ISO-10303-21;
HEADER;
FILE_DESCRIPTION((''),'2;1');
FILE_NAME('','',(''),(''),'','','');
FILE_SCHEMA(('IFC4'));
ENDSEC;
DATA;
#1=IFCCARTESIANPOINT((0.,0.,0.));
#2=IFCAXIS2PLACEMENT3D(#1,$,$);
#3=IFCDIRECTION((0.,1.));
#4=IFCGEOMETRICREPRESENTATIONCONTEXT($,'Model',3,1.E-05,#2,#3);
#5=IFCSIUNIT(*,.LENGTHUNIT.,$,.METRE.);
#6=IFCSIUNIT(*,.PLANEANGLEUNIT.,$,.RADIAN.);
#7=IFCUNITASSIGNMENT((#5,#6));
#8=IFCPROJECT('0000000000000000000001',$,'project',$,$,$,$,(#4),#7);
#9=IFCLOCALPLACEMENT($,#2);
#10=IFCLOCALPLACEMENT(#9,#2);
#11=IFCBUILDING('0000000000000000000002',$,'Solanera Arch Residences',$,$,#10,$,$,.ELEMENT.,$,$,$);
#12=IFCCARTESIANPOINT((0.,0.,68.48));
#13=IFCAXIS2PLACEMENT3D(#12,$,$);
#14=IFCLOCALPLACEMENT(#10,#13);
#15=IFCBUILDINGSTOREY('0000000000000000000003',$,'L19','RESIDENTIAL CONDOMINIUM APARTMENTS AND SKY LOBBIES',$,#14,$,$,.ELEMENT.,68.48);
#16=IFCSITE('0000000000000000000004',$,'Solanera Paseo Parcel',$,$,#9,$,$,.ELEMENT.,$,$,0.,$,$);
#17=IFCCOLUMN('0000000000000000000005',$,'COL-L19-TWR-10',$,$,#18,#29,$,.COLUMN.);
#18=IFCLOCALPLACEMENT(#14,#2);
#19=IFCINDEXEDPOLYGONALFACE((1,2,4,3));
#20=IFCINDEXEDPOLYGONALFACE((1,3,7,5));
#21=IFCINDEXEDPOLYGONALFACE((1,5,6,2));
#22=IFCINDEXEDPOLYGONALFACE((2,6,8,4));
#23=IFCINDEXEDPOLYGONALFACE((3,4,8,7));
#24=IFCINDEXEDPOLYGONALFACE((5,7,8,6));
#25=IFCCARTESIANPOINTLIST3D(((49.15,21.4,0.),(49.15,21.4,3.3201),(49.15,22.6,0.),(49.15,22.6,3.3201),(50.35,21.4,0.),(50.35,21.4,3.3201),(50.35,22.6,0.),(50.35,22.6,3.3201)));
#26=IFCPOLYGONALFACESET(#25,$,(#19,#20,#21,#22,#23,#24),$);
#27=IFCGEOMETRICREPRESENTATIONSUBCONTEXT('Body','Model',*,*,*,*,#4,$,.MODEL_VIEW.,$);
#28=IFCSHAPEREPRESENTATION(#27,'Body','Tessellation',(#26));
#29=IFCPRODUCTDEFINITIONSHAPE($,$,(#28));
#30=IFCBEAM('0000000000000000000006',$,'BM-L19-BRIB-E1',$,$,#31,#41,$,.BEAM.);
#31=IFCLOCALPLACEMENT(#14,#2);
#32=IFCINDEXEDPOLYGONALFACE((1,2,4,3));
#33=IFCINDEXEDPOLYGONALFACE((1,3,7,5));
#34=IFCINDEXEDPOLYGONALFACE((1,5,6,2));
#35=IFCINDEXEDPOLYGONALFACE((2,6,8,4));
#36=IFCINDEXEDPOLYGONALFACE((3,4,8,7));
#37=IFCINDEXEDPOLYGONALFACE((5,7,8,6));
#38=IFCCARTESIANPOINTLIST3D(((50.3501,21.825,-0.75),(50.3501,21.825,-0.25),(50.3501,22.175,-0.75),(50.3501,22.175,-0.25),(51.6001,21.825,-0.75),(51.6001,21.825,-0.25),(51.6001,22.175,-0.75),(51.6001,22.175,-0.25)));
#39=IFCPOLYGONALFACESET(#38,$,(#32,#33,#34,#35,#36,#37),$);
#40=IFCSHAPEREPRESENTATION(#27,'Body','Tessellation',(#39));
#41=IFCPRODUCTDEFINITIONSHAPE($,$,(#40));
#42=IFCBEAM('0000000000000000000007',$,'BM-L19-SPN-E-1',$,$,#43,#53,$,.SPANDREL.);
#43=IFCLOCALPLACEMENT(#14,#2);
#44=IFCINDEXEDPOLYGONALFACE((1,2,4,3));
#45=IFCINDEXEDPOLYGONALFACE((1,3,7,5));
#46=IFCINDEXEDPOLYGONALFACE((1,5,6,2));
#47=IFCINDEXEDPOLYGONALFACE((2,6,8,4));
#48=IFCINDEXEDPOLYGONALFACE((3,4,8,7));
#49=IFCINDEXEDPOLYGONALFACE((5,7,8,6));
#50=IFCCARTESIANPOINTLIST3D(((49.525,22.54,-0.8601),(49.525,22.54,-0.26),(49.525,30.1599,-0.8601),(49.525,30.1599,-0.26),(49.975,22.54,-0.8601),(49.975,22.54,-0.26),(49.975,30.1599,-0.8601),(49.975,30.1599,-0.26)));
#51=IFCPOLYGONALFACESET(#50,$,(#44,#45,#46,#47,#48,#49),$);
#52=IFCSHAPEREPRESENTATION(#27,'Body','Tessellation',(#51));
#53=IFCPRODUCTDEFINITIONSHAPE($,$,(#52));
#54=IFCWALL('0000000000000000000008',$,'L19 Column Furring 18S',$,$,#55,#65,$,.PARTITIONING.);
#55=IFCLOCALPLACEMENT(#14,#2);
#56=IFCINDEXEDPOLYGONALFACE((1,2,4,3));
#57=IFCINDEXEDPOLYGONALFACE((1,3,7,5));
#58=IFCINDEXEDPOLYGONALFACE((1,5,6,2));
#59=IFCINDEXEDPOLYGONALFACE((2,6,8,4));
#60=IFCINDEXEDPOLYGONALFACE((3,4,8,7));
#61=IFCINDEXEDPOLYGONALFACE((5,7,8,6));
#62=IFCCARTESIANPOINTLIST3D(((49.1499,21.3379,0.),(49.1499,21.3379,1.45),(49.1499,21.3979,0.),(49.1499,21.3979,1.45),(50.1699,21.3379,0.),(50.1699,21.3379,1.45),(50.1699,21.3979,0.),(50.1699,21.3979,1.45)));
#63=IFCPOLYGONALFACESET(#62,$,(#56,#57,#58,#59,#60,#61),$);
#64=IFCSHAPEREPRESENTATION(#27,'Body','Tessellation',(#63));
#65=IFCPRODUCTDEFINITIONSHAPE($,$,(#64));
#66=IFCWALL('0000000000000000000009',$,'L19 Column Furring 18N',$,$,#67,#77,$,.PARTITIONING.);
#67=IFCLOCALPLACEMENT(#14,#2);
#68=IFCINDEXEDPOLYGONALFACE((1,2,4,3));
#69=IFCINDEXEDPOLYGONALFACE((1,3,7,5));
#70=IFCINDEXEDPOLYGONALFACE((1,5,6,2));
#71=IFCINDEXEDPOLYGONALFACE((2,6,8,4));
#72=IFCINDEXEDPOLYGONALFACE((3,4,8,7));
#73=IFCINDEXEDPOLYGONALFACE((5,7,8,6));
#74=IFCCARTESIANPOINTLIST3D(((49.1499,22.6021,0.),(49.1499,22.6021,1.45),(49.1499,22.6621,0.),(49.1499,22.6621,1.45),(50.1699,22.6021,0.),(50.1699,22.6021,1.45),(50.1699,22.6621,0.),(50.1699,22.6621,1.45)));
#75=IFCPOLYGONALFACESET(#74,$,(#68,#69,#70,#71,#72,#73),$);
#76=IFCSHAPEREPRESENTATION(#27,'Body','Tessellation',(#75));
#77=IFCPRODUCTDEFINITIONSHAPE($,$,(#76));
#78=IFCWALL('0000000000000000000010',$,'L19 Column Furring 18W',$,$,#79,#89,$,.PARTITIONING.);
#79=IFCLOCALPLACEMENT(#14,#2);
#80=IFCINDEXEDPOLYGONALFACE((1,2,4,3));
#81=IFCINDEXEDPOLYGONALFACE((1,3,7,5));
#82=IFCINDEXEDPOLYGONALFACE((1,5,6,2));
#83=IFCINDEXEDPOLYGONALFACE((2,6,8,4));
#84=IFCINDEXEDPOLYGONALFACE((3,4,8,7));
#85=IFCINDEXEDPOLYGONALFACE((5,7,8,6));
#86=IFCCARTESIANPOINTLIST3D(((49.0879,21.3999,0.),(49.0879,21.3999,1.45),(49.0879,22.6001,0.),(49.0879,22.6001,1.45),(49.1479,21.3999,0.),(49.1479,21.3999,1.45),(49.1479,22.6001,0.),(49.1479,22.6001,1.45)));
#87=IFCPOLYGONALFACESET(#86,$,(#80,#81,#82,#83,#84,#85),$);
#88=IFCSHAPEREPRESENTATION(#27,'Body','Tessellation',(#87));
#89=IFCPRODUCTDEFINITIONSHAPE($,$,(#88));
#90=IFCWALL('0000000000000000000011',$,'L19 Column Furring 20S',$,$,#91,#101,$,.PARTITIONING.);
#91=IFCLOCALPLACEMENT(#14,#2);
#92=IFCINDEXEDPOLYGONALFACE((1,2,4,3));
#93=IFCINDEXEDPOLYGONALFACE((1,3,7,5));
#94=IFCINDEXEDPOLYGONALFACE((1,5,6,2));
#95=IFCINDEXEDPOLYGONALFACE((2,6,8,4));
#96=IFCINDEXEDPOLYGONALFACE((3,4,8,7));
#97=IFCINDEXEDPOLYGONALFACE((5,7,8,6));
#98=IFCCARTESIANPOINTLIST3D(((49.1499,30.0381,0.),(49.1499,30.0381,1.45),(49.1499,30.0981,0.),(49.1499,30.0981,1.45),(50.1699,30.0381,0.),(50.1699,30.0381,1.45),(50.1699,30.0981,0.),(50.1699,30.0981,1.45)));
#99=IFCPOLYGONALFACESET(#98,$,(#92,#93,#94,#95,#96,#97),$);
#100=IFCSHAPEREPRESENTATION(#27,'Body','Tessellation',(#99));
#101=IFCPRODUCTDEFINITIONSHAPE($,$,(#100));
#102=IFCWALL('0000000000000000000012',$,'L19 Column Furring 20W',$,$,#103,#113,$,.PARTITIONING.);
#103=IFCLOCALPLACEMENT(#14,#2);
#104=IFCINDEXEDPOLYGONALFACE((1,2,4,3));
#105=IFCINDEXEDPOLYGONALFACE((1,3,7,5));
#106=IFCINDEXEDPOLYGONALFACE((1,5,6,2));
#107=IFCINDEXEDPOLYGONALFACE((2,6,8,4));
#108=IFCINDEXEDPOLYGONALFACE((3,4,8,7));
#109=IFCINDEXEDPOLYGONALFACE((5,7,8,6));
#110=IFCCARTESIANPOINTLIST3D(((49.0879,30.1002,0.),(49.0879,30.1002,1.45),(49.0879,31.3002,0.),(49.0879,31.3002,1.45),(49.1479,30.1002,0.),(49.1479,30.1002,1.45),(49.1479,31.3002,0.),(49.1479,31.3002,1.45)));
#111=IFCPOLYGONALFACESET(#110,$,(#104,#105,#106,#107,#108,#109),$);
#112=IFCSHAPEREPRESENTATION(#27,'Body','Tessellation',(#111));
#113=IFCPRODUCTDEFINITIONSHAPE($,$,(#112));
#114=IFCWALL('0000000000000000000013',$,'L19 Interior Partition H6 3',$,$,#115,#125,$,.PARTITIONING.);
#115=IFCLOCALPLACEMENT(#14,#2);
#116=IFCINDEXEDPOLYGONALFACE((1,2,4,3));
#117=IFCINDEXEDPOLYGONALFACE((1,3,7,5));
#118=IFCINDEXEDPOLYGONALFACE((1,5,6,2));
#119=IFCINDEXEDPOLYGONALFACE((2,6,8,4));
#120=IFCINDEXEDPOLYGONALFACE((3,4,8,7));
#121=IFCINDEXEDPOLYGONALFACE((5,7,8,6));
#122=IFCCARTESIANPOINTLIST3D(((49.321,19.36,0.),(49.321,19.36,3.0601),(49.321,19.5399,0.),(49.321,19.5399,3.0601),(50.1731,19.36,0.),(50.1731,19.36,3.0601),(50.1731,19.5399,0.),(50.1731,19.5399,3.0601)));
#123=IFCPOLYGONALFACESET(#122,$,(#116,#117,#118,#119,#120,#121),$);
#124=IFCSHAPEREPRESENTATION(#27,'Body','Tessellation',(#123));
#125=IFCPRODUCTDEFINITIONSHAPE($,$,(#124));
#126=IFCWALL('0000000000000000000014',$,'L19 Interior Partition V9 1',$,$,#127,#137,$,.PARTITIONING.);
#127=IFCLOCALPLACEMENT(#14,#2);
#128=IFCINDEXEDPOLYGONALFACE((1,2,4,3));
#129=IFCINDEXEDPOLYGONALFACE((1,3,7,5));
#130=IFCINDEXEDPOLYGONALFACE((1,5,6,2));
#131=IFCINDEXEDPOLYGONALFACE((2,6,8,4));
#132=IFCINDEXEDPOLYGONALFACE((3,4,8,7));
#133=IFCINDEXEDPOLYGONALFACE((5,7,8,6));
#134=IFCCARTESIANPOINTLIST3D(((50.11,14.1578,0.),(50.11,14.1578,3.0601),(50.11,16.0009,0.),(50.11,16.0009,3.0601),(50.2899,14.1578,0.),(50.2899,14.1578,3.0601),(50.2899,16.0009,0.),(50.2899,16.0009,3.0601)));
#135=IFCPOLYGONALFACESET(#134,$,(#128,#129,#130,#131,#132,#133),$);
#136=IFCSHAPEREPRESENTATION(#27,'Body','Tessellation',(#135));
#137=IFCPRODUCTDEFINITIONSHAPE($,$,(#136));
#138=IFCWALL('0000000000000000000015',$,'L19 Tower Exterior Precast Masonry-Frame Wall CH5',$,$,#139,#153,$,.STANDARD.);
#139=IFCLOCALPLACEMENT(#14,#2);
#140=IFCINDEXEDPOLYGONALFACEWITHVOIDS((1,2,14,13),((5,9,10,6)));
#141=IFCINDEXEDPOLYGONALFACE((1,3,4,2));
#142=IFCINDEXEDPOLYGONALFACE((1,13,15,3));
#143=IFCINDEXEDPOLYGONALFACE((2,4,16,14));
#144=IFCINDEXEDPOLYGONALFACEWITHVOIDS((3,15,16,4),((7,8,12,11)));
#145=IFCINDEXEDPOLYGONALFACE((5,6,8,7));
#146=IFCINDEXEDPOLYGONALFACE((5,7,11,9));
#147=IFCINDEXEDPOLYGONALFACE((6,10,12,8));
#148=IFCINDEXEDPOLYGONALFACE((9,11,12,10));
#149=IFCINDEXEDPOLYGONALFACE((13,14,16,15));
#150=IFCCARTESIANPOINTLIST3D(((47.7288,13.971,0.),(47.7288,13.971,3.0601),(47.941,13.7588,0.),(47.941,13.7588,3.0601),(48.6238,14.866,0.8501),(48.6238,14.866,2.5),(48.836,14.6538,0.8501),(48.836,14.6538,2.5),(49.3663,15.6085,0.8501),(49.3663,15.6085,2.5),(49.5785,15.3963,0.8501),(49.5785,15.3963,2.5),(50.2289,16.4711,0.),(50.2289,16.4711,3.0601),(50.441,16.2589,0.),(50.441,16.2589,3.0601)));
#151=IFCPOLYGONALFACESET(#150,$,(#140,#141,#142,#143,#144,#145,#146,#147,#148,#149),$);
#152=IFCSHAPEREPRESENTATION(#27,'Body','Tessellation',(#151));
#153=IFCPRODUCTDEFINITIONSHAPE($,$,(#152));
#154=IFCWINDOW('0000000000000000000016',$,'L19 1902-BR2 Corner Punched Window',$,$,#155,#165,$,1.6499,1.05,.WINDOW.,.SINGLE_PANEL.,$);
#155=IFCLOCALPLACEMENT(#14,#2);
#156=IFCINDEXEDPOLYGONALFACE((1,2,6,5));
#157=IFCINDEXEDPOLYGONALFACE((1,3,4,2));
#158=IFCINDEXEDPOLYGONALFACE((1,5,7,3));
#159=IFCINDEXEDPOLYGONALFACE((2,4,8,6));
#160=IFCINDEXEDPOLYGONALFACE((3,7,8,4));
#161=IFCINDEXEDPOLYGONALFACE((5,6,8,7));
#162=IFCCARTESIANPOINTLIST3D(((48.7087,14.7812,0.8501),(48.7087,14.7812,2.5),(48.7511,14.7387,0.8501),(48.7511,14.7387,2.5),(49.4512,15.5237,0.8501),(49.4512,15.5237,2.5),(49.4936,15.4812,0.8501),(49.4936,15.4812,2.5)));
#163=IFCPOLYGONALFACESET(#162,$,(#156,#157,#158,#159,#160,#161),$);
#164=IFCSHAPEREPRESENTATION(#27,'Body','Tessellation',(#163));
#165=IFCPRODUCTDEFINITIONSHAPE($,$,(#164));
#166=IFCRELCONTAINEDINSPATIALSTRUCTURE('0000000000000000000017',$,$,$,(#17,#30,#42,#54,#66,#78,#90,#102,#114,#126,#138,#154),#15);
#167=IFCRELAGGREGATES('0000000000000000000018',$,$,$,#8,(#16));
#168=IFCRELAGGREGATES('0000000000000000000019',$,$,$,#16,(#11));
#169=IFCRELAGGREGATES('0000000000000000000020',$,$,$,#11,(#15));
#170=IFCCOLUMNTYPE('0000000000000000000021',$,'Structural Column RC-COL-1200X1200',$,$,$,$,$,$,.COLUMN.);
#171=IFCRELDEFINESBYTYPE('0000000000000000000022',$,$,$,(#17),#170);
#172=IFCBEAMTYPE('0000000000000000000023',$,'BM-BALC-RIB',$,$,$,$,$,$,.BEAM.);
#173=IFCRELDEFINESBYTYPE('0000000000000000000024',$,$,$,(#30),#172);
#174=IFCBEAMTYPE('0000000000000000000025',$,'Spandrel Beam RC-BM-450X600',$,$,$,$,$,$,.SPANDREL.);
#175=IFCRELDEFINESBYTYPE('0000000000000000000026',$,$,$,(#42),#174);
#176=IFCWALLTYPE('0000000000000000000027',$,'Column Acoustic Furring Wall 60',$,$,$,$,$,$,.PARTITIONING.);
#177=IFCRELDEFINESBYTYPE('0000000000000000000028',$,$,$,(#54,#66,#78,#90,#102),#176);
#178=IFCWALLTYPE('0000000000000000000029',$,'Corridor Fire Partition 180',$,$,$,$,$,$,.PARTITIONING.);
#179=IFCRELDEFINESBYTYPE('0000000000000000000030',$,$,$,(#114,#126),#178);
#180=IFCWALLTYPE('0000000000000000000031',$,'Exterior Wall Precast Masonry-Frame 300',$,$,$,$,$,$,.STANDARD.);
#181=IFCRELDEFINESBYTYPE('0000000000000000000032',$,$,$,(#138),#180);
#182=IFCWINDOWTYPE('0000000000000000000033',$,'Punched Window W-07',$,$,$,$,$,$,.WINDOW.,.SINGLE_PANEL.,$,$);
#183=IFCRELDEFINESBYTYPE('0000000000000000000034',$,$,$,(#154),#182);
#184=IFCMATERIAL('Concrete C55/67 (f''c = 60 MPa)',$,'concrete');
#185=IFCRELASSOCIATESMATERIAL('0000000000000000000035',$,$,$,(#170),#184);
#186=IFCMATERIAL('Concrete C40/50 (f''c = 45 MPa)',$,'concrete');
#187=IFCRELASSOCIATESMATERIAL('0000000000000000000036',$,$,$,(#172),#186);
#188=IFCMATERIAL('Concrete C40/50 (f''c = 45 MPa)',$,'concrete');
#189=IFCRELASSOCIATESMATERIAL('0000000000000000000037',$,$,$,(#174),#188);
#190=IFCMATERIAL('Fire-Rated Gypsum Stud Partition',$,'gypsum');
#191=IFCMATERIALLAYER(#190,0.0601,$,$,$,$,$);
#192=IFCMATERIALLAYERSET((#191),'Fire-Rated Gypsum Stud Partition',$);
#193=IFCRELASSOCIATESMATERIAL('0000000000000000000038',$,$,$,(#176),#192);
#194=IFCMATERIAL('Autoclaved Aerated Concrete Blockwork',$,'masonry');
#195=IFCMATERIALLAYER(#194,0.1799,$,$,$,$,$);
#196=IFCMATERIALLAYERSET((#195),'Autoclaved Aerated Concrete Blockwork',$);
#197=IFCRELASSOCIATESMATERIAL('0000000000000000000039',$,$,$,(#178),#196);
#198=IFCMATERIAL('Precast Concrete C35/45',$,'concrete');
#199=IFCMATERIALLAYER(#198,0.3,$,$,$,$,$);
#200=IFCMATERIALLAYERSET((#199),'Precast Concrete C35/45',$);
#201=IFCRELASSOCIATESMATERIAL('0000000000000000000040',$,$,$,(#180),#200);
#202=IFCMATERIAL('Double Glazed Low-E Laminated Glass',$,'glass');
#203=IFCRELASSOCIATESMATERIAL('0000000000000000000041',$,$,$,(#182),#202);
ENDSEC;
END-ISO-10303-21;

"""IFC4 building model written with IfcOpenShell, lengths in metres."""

from ifc_helpers import new_model, si_unit, direction, frame, frame_2d, origin, origin_2d, place, context, subcontext, project, spatial, rectangle, extrude, material, layer, layer_set, material_profile, profile_set, type_object, element, fill, save


model = new_model("IFC4")

# Units and contexts
model_context = context("Model", 3, precision=1e-05, world=origin(), true_north=direction((0.0, 1.0)))
body_context = subcontext(model_context, "Body", "Model", "MODEL_VIEW")
ifc_project = project(units=[si_unit("LENGTHUNIT", "METRE"), si_unit("PLANEANGLEUNIT", "RADIAN")], contexts=[model_context])

# Site, building, storey
site_placement = place(None, origin())
site = spatial("IfcSite", under=ifc_project, at=site_placement, Name="Solanera Paseo Parcel", CompositionType="ELEMENT", RefElevation=0.0)
building_placement = place(site_placement, origin())
building = spatial("IfcBuilding", under=site, at=building_placement, Name="Solanera Arch Residences", CompositionType="ELEMENT")
storey_placement = place(building_placement, frame((0.0, 0.0, 68.48)))
storey = spatial("IfcBuildingStorey", under=building, at=storey_placement, Name="L19", Description="RESIDENTIAL CONDOMINIUM APARTMENTS AND SKY LOBBIES", CompositionType="ELEMENT", Elevation=68.48)

# Column
ifc_material_1 = material(Name="Concrete C55/67 (f'c = 60 MPa)", Category="concrete")
ifc_material_profile_1 = material_profile(ifc_material_1, rectangle(XDim=1.2, YDim=1.2, at=origin_2d()))
ifc_profile_set_1 = profile_set([ifc_material_profile_1], Name="Concrete C55/67 (f'c = 60 MPa)")
column_type = type_object("IfcColumnType", Name="Structural Column RC-COL-1200X1200", PredefinedType="COLUMN", material=ifc_profile_set_1)
column_placement = place(storey_placement, frame((49.75, 22.0, 0.0), z_axis=(0.0, 0.0, 1.0), x_axis=(1.0, 0.0, 0.0)))
element("IfcColumn", 1, at=column_placement, inside=storey, type_object=column_type, Name="COL-L19-TWR-10", PredefinedType="COLUMN", context=body_context, shape_type="SweptSolid", body=[
    extrude(rectangle(XDim=1.2, YDim=1.2, at=origin_2d()), origin(), (0.0, 0.0, 1.0), 3.3201),
])

# Beams
ifc_material_2 = material(Name="Concrete C40/50 (f'c = 45 MPa)", Category="concrete")
ifc_material_profile_2 = material_profile(ifc_material_2, rectangle(XDim=0.3501, YDim=0.5, at=origin_2d()))
ifc_profile_set_2 = profile_set([ifc_material_profile_2], Name="Concrete C40/50 (f'c = 45 MPa)")
beam_type_1 = type_object("IfcBeamType", Name="BM-BALC-RIB", PredefinedType="BEAM", material=ifc_profile_set_2)
beam_1_placement = place(storey_placement, frame((50.3501, 22.0, -0.5), z_axis=(1.0, 0.0, 0.0), x_axis=(0.0, 1.0, 0.0)))
element("IfcBeam", 2, at=beam_1_placement, inside=storey, type_object=beam_type_1, Name="BM-L19-BRIB-E1", PredefinedType="BEAM", context=body_context, shape_type="SweptSolid", body=[
    extrude(rectangle(XDim=0.3501, YDim=0.5, at=origin_2d()), origin(), (0.0, 0.0, 1.0), 1.25),
])
ifc_material_3 = material(Name="Concrete C40/50 (f'c = 45 MPa)", Category="concrete")
ifc_material_profile_3 = material_profile(ifc_material_3, rectangle(XDim=0.45, YDim=0.6001, at=origin_2d()))
ifc_profile_set_3 = profile_set([ifc_material_profile_3], Name="Concrete C40/50 (f'c = 45 MPa)")
beam_type_2 = type_object("IfcBeamType", Name="Spandrel Beam RC-BM-450X600", PredefinedType="SPANDREL", material=ifc_profile_set_3)
beam_2_placement = place(storey_placement, frame((49.75, 22.54, -0.5601), z_axis=(0.0, 1.0, 0.0), x_axis=(-1.0, 0.0, 0.0)))
element("IfcBeam", 3, at=beam_2_placement, inside=storey, type_object=beam_type_2, Name="BM-L19-SPN-E-1", PredefinedType="SPANDREL", context=body_context, shape_type="SweptSolid", body=[
    extrude(rectangle(XDim=0.45, YDim=0.6001, at=origin_2d()), origin(), (0.0, 0.0, 1.0), 7.6199),
])

# Walls
ifc_material_4 = material(Name="Fire-Rated Gypsum Stud Partition", Category="gypsum")
ifc_layer_1 = layer(ifc_material_4, 0.0601)
ifc_layer_set_1 = layer_set([ifc_layer_1], Name="Fire-Rated Gypsum Stud Partition")
wall_type_1 = type_object("IfcWallType", Name="Column Acoustic Furring Wall 60", PredefinedType="PARTITIONING", material=ifc_layer_set_1)
for number, where, z_axis, x_axis, name in (
    (4, (49.1499, 21.3679, 0.0), (0.0, 0.0, 1.0), (1.0, 0.0, 0.0), "L19 Column Furring 18S"),
    (5, (49.1499, 22.6321, 0.0), (0.0, 0.0, 1.0), (1.0, 0.0, 0.0), "L19 Column Furring 18N"),
):
    element("IfcWall", number, at=place(storey_placement, frame(where, z_axis=z_axis, x_axis=x_axis)), inside=storey, type_object=wall_type_1, Name=name, PredefinedType="PARTITIONING", context=body_context, shape_type="SweptSolid", body=[
        extrude(rectangle(XDim=1.02, YDim=0.0601, at=frame_2d((0.51, 0.0))), origin(), (0.0, 0.0, 1.0), 1.45),
    ])
wall_1_placement = place(storey_placement, frame((49.1179, 21.3999, 0.0), z_axis=(0.0, 0.0, 1.0), x_axis=(0.0, 1.0, 0.0)))
element("IfcWall", 6, at=wall_1_placement, inside=storey, type_object=wall_type_1, Name="L19 Column Furring 18W", PredefinedType="PARTITIONING", context=body_context, shape_type="SweptSolid", body=[
    extrude(rectangle(XDim=1.2002, YDim=0.0601, at=frame_2d((0.6001, 0.0))), origin(), (0.0, 0.0, 1.0), 1.45),
])
wall_2_placement = place(storey_placement, frame((49.1499, 30.0681, 0.0), z_axis=(0.0, 0.0, 1.0), x_axis=(1.0, 0.0, 0.0)))
element("IfcWall", 7, at=wall_2_placement, inside=storey, type_object=wall_type_1, Name="L19 Column Furring 20S", PredefinedType="PARTITIONING", context=body_context, shape_type="SweptSolid", body=[
    extrude(rectangle(XDim=1.02, YDim=0.0601, at=frame_2d((0.51, 0.0))), origin(), (0.0, 0.0, 1.0), 1.45),
])
wall_3_placement = place(storey_placement, frame((49.1179, 30.1001, 0.0), z_axis=(0.0, 0.0, 1.0), x_axis=(0.0, 1.0, 0.0)))
element("IfcWall", 8, at=wall_3_placement, inside=storey, type_object=wall_type_1, Name="L19 Column Furring 20W", PredefinedType="PARTITIONING", context=body_context, shape_type="SweptSolid", body=[
    extrude(rectangle(XDim=1.2, YDim=0.0601, at=frame_2d((0.6001, 0.0))), origin(), (0.0, 0.0, 1.0), 1.45),
])
ifc_material_5 = material(Name="Autoclaved Aerated Concrete Blockwork", Category="masonry")
ifc_layer_2 = layer(ifc_material_5, 0.1799)
ifc_layer_set_2 = layer_set([ifc_layer_2], Name="Autoclaved Aerated Concrete Blockwork")
wall_type_2 = type_object("IfcWallType", Name="Corridor Fire Partition 180", PredefinedType="PARTITIONING", material=ifc_layer_set_2)
wall_4_placement = place(storey_placement, frame((49.321, 19.45, 0.0), z_axis=(0.0, 0.0, 1.0), x_axis=(1.0, 0.0, 0.0)))
element("IfcWall", 9, at=wall_4_placement, inside=storey, type_object=wall_type_2, Name="L19 Interior Partition H6 3", PredefinedType="PARTITIONING", context=body_context, shape_type="SweptSolid", body=[
    extrude(rectangle(XDim=0.8521, YDim=0.1799, at=frame_2d((0.426, 0.0))), origin(), (0.0, 0.0, 1.0), 3.0601),
])
wall_5_placement = place(storey_placement, frame((50.2, 14.158, 0.0), z_axis=(0.0, 0.0, 1.0), x_axis=(0.0, 1.0, 0.0)))
element("IfcWall", 10, at=wall_5_placement, inside=storey, type_object=wall_type_2, Name="L19 Interior Partition V9 1", PredefinedType="PARTITIONING", context=body_context, shape_type="SweptSolid", body=[
    extrude(rectangle(XDim=1.843, YDim=0.1799, at=frame_2d((0.9214, 0.0))), origin(), (0.0, 0.0, 1.0), 3.0601),
])

# Wall, opening, window
ifc_material_6 = material(Name="Precast Concrete C35/45", Category="concrete")
ifc_layer_3 = layer(ifc_material_6, 0.3)
ifc_layer_set_3 = layer_set([ifc_layer_3], Name="Precast Concrete C35/45")
wall_type_3 = type_object("IfcWallType", Name="Exterior Wall Precast Masonry-Frame 300", PredefinedType="STANDARD", material=ifc_layer_set_3)
wall_6_placement = place(storey_placement, frame((50.335, 16.365, 0.0), z_axis=(0.0, 0.0, 1.0), x_axis=(-0.707107, -0.707107, 0.0)))
wall_6 = element("IfcWall", 11, at=wall_6_placement, inside=storey, type_object=wall_type_3, Name="L19 Tower Exterior Precast Masonry-Frame Wall CH5", PredefinedType="STANDARD", context=body_context, shape_type="SweptSolid", body=[
    extrude(rectangle(XDim=3.5356, YDim=0.3, at=frame_2d((1.7678, 0.0))), origin(), (0.0, 0.0, 1.0), 3.0601),
])
opening_1_placement = place(wall_6_placement, frame((1.22, 0.0, 0.8501)))
opening_1 = element("IfcOpeningElement", 12, at=opening_1_placement, cuts=wall_6, PredefinedType="OPENING", context=body_context, shape_type="SweptSolid", body=[
    extrude(rectangle(XDim=1.05, YDim=1.6499, at=frame_2d((0.5249, 0.825))), frame((0.0, 0.1599, 0.0), z_axis=(0.0, -1.0, 0.0), x_axis=(1.0, 0.0, 0.0)), (0.0, 0.0, 1.0), 0.32),
])
ifc_material_7 = material(Name="Double Glazed Low-E Laminated Glass", Category="glass")
window_type_1 = type_object("IfcWindowType", Name="Punched Window W-07", PartitioningType="SINGLE_PANEL", PredefinedType="WINDOW", material=ifc_material_7)
window_1_placement = place(opening_1_placement, origin())
window_1 = element("IfcWindow", 13, at=window_1_placement, inside=storey, type_object=window_type_1, Name="L19 1902-BR2 Corner Punched Window", OverallHeight=1.6499, OverallWidth=1.05, PartitioningType="SINGLE_PANEL", PredefinedType="WINDOW", context=body_context, shape_type="SweptSolid", body=[
    extrude(rectangle(XDim=1.05, YDim=1.6499, at=frame_2d((0.5249, 0.825))), frame((0.0, 0.03, 0.0), z_axis=(0.0, -1.0, 0.0), x_axis=(1.0, 0.0, 0.0)), (0.0, 0.0, 1.0), 0.0601),
])
fill(opening_1, window_1)

save(model, "model.ifc")
